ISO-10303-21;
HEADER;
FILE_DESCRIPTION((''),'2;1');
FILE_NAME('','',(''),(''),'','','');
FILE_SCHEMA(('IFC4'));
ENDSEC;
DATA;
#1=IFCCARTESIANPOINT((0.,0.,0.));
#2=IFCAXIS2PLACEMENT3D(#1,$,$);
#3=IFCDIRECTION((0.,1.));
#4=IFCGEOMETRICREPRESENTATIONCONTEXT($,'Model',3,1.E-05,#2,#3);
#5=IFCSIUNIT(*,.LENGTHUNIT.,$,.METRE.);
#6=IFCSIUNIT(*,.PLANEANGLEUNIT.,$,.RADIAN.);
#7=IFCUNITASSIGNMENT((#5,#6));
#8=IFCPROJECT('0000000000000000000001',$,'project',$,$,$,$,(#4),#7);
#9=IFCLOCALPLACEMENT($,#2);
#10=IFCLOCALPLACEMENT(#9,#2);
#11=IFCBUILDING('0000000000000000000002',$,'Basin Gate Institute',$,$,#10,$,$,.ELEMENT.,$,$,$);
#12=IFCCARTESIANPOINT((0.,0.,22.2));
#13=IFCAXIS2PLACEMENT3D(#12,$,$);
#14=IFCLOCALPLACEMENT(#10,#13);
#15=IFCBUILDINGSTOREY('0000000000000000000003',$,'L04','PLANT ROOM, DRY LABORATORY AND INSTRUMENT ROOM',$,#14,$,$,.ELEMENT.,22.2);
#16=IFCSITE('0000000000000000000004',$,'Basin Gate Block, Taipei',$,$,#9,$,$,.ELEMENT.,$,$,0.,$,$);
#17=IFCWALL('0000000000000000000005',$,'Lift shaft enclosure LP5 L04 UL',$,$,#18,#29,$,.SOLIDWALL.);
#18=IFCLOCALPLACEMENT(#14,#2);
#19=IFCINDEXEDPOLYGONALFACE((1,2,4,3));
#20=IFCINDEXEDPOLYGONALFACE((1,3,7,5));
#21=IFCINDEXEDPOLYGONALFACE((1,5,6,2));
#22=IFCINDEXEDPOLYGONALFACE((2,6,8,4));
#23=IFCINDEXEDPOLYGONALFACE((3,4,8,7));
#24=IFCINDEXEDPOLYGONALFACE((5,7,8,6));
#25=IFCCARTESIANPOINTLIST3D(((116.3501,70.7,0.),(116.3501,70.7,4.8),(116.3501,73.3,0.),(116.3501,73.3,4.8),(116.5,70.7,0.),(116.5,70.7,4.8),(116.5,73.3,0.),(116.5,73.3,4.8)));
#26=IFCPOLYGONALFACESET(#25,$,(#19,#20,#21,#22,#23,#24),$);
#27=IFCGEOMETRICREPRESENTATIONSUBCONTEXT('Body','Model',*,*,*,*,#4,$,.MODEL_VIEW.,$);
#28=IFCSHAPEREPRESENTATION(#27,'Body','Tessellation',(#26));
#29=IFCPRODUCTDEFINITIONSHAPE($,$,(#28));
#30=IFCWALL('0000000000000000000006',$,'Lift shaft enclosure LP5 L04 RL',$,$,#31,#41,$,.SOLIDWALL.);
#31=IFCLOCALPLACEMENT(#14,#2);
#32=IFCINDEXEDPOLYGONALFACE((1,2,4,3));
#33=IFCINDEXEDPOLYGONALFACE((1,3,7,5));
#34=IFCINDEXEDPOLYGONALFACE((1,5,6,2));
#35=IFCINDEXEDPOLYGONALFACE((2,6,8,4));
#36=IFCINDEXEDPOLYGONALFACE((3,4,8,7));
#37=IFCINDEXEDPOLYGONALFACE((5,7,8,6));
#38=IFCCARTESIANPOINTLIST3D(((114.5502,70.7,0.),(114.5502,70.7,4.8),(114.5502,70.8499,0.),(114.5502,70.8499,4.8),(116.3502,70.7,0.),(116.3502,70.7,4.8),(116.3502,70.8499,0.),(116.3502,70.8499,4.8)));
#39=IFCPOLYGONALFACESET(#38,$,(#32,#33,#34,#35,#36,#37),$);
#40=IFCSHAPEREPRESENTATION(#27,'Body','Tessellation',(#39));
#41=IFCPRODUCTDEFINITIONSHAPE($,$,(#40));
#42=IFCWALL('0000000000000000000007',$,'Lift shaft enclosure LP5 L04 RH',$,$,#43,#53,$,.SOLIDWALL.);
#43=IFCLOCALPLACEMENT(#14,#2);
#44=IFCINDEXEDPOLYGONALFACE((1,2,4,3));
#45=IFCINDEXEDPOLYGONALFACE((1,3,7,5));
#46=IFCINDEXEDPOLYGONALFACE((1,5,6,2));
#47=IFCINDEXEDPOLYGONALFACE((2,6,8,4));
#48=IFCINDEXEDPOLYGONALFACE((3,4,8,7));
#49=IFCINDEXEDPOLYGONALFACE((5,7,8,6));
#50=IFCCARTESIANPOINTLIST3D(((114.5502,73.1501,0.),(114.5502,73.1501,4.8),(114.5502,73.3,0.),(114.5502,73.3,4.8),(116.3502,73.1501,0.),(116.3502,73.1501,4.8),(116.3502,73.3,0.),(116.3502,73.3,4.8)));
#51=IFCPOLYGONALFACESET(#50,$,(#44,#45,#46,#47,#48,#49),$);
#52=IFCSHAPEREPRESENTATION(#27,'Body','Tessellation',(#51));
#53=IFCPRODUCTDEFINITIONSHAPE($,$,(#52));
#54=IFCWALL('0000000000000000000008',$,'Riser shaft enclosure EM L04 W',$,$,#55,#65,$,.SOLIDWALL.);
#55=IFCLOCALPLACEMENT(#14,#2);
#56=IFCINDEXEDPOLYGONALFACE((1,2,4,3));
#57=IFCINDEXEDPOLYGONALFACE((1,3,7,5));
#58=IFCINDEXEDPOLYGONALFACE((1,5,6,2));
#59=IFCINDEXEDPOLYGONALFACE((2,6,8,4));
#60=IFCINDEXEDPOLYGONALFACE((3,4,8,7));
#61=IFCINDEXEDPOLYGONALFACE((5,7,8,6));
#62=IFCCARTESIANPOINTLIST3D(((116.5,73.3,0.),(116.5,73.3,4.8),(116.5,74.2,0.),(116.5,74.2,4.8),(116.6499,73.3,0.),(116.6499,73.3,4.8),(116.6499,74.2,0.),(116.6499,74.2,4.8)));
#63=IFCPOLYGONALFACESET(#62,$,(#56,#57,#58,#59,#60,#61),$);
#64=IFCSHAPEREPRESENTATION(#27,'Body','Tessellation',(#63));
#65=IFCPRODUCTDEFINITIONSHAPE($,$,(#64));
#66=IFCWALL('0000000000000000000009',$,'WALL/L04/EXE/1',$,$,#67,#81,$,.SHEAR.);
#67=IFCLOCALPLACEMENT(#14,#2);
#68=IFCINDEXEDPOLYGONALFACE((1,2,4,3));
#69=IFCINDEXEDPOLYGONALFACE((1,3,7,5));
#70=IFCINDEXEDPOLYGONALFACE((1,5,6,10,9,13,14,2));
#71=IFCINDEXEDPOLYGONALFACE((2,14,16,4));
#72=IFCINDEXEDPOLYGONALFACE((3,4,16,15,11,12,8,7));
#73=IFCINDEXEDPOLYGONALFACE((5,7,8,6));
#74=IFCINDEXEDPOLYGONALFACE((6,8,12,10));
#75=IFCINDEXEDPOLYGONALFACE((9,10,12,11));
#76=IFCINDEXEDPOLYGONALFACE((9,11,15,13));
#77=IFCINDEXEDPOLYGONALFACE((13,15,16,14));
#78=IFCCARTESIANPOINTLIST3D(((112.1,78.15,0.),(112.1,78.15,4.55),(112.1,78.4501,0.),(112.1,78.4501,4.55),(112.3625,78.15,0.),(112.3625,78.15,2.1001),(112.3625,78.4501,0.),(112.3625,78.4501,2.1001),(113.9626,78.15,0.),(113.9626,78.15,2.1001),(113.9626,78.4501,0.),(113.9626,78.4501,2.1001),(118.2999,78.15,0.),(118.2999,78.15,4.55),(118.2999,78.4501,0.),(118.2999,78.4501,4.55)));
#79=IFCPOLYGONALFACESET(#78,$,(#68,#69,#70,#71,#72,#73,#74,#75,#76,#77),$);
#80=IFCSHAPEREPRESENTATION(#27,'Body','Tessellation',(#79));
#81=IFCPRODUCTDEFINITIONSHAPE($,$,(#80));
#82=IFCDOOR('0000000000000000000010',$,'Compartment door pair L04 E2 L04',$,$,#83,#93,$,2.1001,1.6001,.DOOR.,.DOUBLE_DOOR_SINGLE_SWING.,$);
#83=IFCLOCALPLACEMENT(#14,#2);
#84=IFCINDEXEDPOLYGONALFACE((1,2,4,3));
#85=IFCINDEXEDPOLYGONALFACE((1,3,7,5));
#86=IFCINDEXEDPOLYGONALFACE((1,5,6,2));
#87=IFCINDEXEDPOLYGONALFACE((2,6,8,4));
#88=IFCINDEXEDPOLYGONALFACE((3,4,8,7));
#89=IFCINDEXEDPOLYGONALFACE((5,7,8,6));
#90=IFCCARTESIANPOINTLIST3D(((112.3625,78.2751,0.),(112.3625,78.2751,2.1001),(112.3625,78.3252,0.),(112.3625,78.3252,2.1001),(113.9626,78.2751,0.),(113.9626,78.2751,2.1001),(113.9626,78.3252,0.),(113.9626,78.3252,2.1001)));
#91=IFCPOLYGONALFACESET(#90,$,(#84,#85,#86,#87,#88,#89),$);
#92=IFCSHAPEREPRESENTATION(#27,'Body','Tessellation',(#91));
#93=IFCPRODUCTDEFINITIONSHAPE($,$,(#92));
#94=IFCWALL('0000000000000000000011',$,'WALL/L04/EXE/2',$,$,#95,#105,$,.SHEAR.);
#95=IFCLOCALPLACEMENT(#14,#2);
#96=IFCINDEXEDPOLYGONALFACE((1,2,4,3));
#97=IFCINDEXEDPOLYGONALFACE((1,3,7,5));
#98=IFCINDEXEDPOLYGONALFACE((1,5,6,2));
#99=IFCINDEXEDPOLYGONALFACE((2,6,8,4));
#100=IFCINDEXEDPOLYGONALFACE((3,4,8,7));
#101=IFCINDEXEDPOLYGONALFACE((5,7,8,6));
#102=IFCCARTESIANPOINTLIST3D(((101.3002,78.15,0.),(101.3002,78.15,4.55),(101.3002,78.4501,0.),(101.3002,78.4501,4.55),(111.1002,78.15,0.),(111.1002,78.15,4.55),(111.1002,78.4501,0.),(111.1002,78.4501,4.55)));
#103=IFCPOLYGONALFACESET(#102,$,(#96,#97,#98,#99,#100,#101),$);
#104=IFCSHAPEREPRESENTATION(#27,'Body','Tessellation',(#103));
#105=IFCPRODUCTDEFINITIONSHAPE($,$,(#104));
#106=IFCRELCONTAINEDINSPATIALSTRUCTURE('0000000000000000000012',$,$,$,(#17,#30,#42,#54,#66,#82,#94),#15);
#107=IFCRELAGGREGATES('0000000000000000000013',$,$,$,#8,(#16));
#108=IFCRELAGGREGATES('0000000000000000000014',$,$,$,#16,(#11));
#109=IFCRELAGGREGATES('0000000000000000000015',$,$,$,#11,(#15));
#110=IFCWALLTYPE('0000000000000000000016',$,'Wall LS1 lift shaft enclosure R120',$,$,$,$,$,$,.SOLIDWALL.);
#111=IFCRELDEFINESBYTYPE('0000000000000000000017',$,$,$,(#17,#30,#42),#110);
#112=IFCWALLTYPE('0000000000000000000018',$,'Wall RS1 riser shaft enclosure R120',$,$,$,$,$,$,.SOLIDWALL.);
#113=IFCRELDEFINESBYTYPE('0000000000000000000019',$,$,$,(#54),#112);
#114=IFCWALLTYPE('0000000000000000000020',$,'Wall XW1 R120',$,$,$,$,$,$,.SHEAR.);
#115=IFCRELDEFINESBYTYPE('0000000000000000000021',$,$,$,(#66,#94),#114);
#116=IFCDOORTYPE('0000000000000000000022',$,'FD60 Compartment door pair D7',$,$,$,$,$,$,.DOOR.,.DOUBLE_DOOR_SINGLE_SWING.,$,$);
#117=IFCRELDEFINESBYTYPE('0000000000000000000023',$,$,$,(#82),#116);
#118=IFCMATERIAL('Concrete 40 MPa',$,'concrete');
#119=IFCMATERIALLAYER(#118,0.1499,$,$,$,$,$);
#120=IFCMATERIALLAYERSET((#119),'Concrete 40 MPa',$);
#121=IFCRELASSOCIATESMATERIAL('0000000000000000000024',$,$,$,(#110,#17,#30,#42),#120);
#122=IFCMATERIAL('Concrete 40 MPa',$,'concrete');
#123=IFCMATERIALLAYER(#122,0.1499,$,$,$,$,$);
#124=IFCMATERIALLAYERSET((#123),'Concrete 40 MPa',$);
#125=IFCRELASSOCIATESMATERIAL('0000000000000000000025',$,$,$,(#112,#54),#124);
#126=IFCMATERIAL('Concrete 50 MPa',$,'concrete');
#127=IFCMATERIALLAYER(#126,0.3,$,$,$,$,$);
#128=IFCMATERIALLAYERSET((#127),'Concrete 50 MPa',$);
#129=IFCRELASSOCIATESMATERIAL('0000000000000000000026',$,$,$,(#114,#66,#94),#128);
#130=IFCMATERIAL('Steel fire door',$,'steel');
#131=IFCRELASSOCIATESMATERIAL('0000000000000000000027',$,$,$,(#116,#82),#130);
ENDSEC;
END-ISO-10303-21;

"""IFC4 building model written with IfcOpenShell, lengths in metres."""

from ifc_helpers import new_model, si_unit, direction, frame, frame_2d, origin, place, context, subcontext, project, spatial, rectangle, extrude, material, layer, layer_set, type_object, element, fill, save


model = new_model("IFC4")

# Units and contexts
model_context = context("Model", 3, precision=1e-05, world=origin(), true_north=direction((0.0, 1.0)))
body_context = subcontext(model_context, "Body", "Model", "MODEL_VIEW")
ifc_project = project(units=[si_unit("LENGTHUNIT", "METRE"), si_unit("PLANEANGLEUNIT", "RADIAN")], contexts=[model_context])

# Site, building, storey
site_placement = place(None, origin())
site = spatial("IfcSite", under=ifc_project, at=site_placement, Name="Basin Gate Block, Taipei", CompositionType="ELEMENT", RefElevation=0.0)
building_placement = place(site_placement, origin())
building = spatial("IfcBuilding", under=site, at=building_placement, Name="Basin Gate Institute", CompositionType="ELEMENT")
storey_placement = place(building_placement, frame((0.0, 0.0, 22.2)))
storey = spatial("IfcBuildingStorey", under=building, at=storey_placement, Name="L04", Description="PLANT ROOM, DRY LABORATORY AND INSTRUMENT ROOM", CompositionType="ELEMENT", Elevation=22.2)

# Walls
ifc_material_1 = material(Name="Concrete 40 MPa", Category="concrete")
ifc_layer_1 = layer(ifc_material_1, 0.1499)
ifc_layer_set_1 = layer_set([ifc_layer_1], Name="Concrete 40 MPa")
wall_type_1 = type_object("IfcWallType", Name="Wall LS1 lift shaft enclosure R120", PredefinedType="SOLIDWALL", material=ifc_layer_set_1)
wall_1_placement = place(storey_placement, frame((116.425, 70.7, 0.0), z_axis=(0.0, 0.0, 1.0), x_axis=(0.0, 1.0, 0.0)))
element("IfcWall", 1, at=wall_1_placement, inside=storey, type_object=wall_type_1, material=ifc_layer_set_1, Name="Lift shaft enclosure LP5 L04 UL", PredefinedType="SOLIDWALL", context=body_context, shape_type="SweptSolid", body=[
    extrude(rectangle(XDim=2.6001, YDim=0.1499, at=frame_2d((1.3, 0.0))), origin(), (0.0, 0.0, 1.0), 4.8),
])
for number, where, z_axis, x_axis, name in (
    (2, (116.3501, 70.7749, 0.0), (0.0, 0.0, 1.0), (-1.0, 0.0, 0.0), "Lift shaft enclosure LP5 L04 RL"),
    (3, (116.3501, 73.2251, 0.0), (0.0, 0.0, 1.0), (-1.0, 0.0, 0.0), "Lift shaft enclosure LP5 L04 RH"),
):
    element("IfcWall", number, at=place(storey_placement, frame(where, z_axis=z_axis, x_axis=x_axis)), inside=storey, type_object=wall_type_1, material=ifc_layer_set_1, Name=name, PredefinedType="SOLIDWALL", context=body_context, shape_type="SweptSolid", body=[
        extrude(rectangle(XDim=1.8, YDim=0.1499, at=frame_2d((0.8999, 0.0))), origin(), (0.0, 0.0, 1.0), 4.8),
    ])
ifc_material_2 = material(Name="Concrete 40 MPa", Category="concrete")
ifc_layer_2 = layer(ifc_material_2, 0.1499)
ifc_layer_set_2 = layer_set([ifc_layer_2], Name="Concrete 40 MPa")
wall_type_2 = type_object("IfcWallType", Name="Wall RS1 riser shaft enclosure R120", PredefinedType="SOLIDWALL", material=ifc_layer_set_2)
wall_2_placement = place(storey_placement, frame((116.575, 73.3, 0.0), z_axis=(0.0, 0.0, 1.0), x_axis=(0.0, 1.0, 0.0)))
element("IfcWall", 4, at=wall_2_placement, inside=storey, type_object=wall_type_2, material=ifc_layer_set_2, Name="Riser shaft enclosure EM L04 W", PredefinedType="SOLIDWALL", context=body_context, shape_type="SweptSolid", body=[
    extrude(rectangle(XDim=0.8999, YDim=0.1499, at=frame_2d((0.45, 0.0))), origin(), (0.0, 0.0, 1.0), 4.8),
])

# Wall, opening, door
ifc_material_3 = material(Name="Concrete 50 MPa", Category="concrete")
ifc_layer_3 = layer(ifc_material_3, 0.3)
ifc_layer_set_3 = layer_set([ifc_layer_3], Name="Concrete 50 MPa")
wall_type_3 = type_object("IfcWallType", Name="Wall XW1 R120", PredefinedType="SHEAR", material=ifc_layer_set_3)
wall_3_placement = place(storey_placement, frame((118.3, 78.3, 0.0), z_axis=(0.0, 0.0, 1.0), x_axis=(-1.0, 0.0, 0.0)))
wall_3 = element("IfcWall", 5, at=wall_3_placement, inside=storey, type_object=wall_type_3, material=ifc_layer_set_3, Name="WALL/L04/EXE/1", PredefinedType="SHEAR", context=body_context, shape_type="SweptSolid", body=[
    extrude(rectangle(XDim=6.2, YDim=0.3, at=frame_2d((3.1001, 0.0))), origin(), (0.0, 0.0, 1.0), 4.55),
])
opening_1_placement = place(wall_3_placement, frame((4.3374, 0.0, 0.0)))
opening_1 = element("IfcOpeningElement", 6, at=opening_1_placement, cuts=wall_3, PredefinedType="OPENING", context=body_context, shape_type="SweptSolid", body=[
    extrude(rectangle(XDim=1.6001, YDim=2.1001, at=frame_2d((0.8, 1.05))), frame((0.0, 0.1602, 0.0), z_axis=(0.0, -1.0, 0.0), x_axis=(1.0, 0.0, 0.0)), (0.0, 0.0, 1.0), 0.3201),
])
ifc_material_4 = material(Name="Steel fire door", Category="steel")
door_type_1 = type_object("IfcDoorType", Name="FD60 Compartment door pair D7", OperationType="DOUBLE_DOOR_SINGLE_SWING", PredefinedType="DOOR", material=ifc_material_4)
door_1_placement = place(opening_1_placement, origin())
door_1 = element("IfcDoor", 7, at=door_1_placement, inside=storey, type_object=door_type_1, material=ifc_material_4, Name="Compartment door pair L04 E2 L04", OperationType="DOUBLE_DOOR_SINGLE_SWING", OverallHeight=2.1001, OverallWidth=1.6001, PredefinedType="DOOR", context=body_context, shape_type="SweptSolid", body=[
    extrude(rectangle(XDim=1.6001, YDim=2.1001, at=frame_2d((0.8, 1.05))), frame((0.0, 0.0249, 0.0), z_axis=(0.0, -1.0, 0.0), x_axis=(1.0, 0.0, 0.0)), (0.0, 0.0, 1.0), 0.05),
])
fill(opening_1, door_1)

# Wall
wall_4_placement = place(storey_placement, frame((111.1001, 78.3, 0.0), z_axis=(0.0, 0.0, 1.0), x_axis=(-1.0, 0.0, 0.0)))
element("IfcWall", 8, at=wall_4_placement, inside=storey, type_object=wall_type_3, material=ifc_layer_set_3, Name="WALL/L04/EXE/2", PredefinedType="SHEAR", context=body_context, shape_type="SweptSolid", body=[
    extrude(rectangle(XDim=9.8, YDim=0.3, at=frame_2d((4.8999, 0.0))), origin(), (0.0, 0.0, 1.0), 4.55),
])

save(model, "model.ifc")
